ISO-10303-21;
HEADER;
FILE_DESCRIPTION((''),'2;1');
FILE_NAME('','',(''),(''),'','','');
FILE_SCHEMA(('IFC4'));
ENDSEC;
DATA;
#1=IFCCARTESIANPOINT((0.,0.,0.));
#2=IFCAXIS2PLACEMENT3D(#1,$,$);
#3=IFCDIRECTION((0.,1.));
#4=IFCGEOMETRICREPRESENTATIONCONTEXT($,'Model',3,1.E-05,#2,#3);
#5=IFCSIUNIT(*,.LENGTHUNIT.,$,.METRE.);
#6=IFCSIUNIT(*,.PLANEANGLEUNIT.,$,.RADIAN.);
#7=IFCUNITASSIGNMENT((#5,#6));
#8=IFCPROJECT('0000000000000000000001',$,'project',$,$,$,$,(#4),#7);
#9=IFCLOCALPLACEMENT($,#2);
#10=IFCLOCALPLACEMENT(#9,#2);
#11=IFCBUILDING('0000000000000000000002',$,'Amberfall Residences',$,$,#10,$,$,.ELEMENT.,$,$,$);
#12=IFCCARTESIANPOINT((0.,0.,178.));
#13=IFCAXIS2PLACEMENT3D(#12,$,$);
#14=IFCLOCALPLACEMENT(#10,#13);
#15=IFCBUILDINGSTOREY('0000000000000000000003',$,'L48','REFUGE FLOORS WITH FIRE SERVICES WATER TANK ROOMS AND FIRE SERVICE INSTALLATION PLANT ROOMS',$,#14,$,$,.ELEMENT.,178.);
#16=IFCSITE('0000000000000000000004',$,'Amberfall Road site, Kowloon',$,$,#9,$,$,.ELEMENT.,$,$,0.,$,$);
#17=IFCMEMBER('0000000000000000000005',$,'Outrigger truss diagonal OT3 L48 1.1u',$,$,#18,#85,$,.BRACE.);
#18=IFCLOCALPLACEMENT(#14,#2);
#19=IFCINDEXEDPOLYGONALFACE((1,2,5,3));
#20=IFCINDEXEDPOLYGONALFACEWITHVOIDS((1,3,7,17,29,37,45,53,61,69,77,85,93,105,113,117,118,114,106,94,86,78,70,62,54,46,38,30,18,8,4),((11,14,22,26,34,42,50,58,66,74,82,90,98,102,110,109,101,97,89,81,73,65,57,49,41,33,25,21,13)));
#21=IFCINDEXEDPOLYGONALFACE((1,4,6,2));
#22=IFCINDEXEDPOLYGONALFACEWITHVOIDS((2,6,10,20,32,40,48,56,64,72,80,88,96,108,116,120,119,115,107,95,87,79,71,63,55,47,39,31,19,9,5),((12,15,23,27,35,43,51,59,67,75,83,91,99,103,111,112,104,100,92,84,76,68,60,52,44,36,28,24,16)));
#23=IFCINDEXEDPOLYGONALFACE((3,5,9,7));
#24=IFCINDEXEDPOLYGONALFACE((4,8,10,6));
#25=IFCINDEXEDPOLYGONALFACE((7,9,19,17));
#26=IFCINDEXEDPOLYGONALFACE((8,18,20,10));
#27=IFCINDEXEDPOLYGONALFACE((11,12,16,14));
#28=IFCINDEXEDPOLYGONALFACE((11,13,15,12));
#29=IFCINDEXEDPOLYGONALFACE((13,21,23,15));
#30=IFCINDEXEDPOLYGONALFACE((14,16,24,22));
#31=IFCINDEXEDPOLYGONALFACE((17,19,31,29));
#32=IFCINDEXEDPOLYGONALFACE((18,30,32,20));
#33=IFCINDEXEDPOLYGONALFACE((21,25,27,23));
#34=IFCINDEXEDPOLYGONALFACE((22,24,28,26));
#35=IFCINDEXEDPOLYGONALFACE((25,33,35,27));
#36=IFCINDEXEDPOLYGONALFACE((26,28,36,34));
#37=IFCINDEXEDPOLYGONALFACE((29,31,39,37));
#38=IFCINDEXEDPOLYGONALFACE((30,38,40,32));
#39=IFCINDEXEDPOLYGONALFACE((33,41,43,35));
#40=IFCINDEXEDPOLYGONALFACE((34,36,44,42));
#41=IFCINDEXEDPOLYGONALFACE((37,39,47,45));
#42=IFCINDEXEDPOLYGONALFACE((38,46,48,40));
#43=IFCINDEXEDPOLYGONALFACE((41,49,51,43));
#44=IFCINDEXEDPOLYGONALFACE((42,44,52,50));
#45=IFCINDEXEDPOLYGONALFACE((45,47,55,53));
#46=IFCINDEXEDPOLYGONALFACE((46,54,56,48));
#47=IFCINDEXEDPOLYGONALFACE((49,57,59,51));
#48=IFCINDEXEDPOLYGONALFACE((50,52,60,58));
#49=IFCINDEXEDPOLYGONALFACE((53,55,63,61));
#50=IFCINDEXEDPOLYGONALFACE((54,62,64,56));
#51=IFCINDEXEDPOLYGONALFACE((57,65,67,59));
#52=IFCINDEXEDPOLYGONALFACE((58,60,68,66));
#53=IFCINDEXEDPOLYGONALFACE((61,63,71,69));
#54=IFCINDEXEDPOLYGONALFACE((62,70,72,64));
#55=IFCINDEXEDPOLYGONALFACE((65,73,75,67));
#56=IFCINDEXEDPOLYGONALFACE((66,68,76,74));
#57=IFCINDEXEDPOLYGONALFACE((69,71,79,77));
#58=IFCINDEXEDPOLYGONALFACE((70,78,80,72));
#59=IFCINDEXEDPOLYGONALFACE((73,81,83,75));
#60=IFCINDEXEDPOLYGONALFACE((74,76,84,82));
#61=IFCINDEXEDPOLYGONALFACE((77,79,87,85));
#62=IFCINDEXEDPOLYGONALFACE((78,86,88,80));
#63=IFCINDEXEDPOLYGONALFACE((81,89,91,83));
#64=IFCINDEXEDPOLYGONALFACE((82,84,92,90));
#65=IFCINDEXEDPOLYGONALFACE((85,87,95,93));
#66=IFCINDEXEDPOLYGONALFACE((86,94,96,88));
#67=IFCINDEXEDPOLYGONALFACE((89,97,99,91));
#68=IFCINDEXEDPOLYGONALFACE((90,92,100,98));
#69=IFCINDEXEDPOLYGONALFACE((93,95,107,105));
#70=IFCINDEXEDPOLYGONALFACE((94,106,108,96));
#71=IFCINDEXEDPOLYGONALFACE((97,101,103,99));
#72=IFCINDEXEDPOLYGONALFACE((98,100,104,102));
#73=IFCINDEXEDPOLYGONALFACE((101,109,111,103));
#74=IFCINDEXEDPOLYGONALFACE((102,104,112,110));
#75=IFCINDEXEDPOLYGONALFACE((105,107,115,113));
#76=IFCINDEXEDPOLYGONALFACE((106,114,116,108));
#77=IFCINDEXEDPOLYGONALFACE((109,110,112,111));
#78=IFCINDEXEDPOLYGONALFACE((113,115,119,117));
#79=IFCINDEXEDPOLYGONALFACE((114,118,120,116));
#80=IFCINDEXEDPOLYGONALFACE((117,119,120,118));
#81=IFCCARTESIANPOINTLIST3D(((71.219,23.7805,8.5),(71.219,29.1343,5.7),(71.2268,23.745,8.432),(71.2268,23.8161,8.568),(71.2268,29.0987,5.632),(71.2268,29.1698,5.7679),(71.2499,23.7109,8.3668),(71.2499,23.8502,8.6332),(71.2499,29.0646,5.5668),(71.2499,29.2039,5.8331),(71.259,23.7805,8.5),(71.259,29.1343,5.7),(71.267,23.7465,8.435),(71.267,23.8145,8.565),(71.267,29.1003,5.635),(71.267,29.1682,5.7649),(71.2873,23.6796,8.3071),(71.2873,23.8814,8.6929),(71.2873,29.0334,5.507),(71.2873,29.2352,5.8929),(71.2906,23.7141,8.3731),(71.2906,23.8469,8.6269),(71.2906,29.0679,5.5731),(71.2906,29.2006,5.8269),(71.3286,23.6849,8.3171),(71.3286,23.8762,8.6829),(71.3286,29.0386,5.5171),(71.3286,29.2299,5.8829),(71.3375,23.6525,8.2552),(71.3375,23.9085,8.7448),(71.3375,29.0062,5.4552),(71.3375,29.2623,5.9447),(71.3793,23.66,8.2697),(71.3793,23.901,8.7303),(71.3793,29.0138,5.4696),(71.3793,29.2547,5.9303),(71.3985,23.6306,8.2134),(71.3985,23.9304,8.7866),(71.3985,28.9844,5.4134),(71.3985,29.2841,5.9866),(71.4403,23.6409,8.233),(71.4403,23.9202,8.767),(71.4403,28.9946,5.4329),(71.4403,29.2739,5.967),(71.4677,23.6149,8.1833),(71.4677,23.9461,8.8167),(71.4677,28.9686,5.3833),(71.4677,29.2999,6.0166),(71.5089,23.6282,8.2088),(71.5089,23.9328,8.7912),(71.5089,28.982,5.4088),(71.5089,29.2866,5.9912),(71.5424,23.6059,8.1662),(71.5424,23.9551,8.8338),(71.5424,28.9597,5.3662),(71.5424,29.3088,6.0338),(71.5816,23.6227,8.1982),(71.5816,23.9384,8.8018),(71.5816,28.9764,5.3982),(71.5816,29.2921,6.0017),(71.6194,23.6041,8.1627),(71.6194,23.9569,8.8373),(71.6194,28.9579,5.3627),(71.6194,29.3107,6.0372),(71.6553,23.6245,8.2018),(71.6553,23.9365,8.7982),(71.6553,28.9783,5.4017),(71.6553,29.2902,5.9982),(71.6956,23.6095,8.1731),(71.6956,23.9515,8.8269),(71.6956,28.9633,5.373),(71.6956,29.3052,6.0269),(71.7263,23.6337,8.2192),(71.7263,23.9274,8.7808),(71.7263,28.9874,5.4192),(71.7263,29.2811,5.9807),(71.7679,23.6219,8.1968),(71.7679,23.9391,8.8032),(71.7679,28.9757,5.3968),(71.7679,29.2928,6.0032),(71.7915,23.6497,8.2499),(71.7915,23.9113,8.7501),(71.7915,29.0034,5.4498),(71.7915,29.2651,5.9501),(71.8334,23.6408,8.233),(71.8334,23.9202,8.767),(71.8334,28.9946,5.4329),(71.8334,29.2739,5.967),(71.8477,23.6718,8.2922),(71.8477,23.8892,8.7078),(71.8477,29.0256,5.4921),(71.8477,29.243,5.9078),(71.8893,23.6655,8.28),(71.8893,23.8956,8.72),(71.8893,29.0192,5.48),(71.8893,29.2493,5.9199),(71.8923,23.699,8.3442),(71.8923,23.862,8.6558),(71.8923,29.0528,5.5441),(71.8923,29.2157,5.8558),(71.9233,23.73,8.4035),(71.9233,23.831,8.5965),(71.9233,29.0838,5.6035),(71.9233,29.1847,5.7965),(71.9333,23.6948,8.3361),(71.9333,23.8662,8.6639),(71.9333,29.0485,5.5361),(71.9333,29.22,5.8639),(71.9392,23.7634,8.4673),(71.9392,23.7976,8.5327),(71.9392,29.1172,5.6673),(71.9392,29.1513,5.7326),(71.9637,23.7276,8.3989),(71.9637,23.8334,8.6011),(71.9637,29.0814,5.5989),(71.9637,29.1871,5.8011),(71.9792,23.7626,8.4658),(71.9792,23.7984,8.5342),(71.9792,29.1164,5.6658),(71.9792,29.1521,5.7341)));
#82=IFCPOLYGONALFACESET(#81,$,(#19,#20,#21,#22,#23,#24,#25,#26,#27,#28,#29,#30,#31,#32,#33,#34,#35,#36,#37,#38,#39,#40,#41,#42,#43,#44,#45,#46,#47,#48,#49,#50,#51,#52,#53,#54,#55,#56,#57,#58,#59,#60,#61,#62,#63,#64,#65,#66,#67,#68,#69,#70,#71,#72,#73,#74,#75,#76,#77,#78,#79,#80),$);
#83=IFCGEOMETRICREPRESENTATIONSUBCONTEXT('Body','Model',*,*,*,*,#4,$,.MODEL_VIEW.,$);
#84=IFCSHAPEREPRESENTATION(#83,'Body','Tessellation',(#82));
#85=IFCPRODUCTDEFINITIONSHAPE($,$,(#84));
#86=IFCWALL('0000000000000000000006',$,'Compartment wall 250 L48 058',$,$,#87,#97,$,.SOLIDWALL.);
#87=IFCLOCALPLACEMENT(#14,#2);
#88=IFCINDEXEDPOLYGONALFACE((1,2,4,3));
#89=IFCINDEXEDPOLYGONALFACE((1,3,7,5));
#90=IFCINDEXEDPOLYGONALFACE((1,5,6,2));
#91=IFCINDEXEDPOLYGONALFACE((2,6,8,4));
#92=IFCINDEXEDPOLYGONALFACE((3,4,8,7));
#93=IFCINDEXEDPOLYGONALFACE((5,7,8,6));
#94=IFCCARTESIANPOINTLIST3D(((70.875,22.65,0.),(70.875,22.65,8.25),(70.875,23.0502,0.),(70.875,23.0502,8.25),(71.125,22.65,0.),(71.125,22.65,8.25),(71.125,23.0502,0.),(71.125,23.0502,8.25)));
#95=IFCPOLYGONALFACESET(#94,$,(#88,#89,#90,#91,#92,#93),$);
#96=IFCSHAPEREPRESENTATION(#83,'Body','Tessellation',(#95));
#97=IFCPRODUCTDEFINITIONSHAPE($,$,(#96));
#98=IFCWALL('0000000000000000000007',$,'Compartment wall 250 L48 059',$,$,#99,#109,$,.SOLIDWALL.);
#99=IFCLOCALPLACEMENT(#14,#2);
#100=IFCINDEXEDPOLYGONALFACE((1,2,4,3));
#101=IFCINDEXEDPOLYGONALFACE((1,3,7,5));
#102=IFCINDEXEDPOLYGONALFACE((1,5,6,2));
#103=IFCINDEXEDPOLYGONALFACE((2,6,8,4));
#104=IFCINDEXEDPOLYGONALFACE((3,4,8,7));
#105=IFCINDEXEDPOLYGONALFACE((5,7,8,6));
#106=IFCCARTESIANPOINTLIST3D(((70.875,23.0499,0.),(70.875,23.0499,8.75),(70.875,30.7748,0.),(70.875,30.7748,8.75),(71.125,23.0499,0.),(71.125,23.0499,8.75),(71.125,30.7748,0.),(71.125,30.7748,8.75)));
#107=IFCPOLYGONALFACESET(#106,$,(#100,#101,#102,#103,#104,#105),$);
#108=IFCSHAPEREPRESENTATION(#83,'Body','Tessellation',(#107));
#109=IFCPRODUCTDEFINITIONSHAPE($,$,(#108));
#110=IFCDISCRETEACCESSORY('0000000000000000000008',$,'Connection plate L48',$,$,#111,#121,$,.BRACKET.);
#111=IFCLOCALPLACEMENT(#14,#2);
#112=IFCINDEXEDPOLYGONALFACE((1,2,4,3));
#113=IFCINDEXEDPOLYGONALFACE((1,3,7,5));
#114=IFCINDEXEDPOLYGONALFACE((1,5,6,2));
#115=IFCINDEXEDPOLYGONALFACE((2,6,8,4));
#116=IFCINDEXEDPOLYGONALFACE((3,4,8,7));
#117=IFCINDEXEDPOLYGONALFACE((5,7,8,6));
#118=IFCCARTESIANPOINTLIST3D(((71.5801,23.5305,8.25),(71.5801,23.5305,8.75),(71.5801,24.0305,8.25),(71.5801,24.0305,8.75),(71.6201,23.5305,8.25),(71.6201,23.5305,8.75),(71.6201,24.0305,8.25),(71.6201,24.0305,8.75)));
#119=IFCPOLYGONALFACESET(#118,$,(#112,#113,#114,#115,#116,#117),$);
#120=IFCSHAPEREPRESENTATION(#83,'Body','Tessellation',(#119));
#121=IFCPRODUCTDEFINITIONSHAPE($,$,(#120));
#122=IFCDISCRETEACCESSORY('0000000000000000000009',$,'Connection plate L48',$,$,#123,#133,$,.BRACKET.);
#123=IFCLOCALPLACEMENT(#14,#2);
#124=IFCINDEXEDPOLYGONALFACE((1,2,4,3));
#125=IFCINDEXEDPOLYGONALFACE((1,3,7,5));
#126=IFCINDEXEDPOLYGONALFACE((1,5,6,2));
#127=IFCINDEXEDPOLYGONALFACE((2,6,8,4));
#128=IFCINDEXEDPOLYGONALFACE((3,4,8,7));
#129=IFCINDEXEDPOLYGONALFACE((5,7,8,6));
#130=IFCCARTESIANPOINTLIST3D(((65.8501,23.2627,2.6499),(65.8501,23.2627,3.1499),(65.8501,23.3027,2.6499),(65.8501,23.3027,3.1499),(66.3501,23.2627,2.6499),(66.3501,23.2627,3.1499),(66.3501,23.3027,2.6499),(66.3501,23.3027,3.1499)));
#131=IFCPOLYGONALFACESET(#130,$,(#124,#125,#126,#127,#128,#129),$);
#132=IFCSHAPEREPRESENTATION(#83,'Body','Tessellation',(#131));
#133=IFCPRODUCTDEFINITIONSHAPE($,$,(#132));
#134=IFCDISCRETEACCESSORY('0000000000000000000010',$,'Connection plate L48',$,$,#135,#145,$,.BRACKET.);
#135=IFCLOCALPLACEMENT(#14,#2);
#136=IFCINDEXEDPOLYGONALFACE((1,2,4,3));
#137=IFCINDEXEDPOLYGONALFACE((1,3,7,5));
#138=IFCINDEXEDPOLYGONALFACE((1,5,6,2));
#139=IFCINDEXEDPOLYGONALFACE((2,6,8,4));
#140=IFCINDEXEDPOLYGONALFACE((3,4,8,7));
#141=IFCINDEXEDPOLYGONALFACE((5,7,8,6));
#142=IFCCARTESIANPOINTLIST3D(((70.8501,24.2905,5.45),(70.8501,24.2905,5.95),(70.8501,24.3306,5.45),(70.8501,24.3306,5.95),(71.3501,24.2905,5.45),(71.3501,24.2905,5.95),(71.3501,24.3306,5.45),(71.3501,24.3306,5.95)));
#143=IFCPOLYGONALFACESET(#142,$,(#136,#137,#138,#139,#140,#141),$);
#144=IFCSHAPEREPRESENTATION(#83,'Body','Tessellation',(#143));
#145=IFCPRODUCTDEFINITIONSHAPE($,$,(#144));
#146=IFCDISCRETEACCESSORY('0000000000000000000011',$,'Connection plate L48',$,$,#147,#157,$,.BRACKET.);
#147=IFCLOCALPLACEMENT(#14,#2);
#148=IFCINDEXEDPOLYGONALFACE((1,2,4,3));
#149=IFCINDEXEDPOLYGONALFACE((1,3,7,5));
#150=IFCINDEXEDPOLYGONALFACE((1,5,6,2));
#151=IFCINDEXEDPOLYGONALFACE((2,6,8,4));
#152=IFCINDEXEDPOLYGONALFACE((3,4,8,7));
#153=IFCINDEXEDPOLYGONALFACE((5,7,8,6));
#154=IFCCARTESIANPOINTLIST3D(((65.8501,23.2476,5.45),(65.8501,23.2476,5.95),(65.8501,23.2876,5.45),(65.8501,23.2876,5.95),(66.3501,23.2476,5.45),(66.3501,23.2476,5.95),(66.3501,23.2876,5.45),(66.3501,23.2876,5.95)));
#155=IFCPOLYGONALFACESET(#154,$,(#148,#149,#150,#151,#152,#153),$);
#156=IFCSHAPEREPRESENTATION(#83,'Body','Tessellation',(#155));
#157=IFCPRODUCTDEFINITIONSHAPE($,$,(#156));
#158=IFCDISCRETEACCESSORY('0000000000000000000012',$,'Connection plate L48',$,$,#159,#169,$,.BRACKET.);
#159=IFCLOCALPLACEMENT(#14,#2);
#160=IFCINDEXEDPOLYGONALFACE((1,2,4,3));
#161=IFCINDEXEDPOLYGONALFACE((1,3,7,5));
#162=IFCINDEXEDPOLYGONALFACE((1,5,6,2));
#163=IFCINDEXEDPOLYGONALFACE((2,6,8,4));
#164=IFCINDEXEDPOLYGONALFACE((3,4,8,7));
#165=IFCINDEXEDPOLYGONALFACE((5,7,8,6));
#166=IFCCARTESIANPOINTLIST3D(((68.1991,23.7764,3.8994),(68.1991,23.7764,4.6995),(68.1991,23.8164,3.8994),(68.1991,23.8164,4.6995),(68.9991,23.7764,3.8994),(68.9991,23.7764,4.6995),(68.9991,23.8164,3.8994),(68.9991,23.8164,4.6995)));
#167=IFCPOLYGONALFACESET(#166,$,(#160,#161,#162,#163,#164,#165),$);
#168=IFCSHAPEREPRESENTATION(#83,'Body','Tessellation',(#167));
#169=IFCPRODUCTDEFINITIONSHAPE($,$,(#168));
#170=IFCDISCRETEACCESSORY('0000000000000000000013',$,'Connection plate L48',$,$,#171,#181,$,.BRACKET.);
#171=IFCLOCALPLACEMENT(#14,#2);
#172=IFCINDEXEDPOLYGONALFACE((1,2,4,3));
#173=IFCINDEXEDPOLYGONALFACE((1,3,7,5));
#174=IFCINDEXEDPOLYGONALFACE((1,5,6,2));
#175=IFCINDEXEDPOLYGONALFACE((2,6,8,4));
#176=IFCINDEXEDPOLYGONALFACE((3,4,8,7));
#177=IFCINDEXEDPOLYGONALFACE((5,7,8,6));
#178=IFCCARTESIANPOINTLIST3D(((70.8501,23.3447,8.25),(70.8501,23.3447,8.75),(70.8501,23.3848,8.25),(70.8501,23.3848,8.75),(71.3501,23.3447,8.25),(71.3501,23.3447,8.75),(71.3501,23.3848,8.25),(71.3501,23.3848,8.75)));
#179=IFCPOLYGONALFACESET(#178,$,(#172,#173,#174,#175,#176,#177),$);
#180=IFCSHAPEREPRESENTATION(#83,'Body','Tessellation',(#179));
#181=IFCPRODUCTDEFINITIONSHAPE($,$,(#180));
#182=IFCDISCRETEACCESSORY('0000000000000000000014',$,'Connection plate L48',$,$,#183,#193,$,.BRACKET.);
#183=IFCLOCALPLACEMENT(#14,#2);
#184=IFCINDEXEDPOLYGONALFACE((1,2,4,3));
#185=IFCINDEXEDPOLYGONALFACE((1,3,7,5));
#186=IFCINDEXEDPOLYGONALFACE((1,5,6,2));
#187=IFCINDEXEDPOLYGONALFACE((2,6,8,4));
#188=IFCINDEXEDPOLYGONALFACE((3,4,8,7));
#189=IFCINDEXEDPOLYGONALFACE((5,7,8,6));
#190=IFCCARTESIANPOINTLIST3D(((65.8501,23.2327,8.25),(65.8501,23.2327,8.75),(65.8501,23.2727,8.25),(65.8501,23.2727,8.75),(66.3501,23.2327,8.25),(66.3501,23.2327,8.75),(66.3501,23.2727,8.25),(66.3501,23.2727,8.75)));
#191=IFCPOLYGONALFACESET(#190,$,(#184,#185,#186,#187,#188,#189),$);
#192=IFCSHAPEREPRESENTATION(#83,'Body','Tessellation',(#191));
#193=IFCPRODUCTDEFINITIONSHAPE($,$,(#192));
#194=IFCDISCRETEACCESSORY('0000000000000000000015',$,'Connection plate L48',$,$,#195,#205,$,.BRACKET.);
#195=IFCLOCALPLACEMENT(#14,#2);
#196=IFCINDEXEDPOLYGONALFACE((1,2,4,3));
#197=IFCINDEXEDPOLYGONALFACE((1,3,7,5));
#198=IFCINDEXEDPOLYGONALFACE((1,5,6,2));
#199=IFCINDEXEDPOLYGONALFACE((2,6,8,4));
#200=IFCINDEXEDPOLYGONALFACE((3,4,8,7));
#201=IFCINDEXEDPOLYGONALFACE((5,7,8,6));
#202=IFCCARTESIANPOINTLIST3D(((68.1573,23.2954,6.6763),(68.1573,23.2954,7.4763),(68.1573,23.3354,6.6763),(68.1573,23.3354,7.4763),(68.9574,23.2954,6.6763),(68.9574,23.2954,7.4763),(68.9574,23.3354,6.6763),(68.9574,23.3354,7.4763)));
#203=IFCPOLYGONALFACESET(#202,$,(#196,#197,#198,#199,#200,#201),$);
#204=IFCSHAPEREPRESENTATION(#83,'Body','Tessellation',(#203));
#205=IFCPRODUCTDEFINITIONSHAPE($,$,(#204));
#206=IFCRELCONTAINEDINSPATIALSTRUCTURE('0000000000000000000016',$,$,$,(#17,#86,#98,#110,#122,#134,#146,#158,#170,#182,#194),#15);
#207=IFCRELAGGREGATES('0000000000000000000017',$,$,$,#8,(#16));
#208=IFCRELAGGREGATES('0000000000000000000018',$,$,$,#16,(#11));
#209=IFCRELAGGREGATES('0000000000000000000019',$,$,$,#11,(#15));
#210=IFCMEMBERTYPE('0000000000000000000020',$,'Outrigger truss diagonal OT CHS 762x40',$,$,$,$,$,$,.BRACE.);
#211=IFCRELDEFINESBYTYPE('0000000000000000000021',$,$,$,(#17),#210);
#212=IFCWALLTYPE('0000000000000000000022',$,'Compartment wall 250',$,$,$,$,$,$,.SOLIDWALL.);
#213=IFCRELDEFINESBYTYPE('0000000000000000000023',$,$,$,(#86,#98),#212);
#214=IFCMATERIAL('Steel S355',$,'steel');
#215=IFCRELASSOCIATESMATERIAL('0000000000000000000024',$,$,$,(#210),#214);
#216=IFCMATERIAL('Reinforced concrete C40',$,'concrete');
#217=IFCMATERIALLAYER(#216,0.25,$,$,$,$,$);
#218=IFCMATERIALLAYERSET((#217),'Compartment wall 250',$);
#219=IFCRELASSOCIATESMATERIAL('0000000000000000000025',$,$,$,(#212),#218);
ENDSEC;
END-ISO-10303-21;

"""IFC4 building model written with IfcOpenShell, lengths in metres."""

from ifc_helpers import new_model, si_unit, direction, frame, frame_2d, origin, origin_2d, place, context, subcontext, project, spatial, rectangle, hollow_circle, extrude, material, layer, layer_set, material_profile, profile_set, type_object, element, save


model = new_model("IFC4")

# Units and contexts
model_context = context("Model", 3, precision=1e-05, world=origin(), true_north=direction((0.0, 1.0)))
body_context = subcontext(model_context, "Body", "Model", "MODEL_VIEW")
ifc_project = project(units=[si_unit("LENGTHUNIT", "METRE"), si_unit("PLANEANGLEUNIT", "RADIAN")], contexts=[model_context])

# Site, building, storey
site_placement = place(None, origin())
site = spatial("IfcSite", under=ifc_project, at=site_placement, Name="Amberfall Road site, Kowloon", CompositionType="ELEMENT", RefElevation=0.0)
building_placement = place(site_placement, origin())
building = spatial("IfcBuilding", under=site, at=building_placement, Name="Amberfall Residences", CompositionType="ELEMENT")
storey_placement = place(building_placement, frame((0.0, 0.0, 178.0)))
storey = spatial("IfcBuildingStorey", under=building, at=storey_placement, Name="L48", Description="REFUGE FLOORS WITH FIRE SERVICES WATER TANK ROOMS AND FIRE SERVICE INSTALLATION PLANT ROOMS", CompositionType="ELEMENT", Elevation=178.0)

# Shared definitions
ifc_material_1 = material(Name="Steel S355", Category="steel")

# Member
ifc_material_profile_1 = material_profile(ifc_material_1, hollow_circle(Radius=0.3811, WallThickness=0.04, at=origin_2d()), Name="CHS 762x40")
ifc_profile_set_1 = profile_set([ifc_material_profile_1], Name="Steel S355")
member_type_1 = type_object("IfcMemberType", Name="Outrigger truss diagonal OT CHS 762x40", PredefinedType="BRACE", material=ifc_profile_set_1)
member_1_placement = place(storey_placement, frame((71.6001, 23.7805, 8.5), z_axis=(0.0, 0.886124, -0.463448), x_axis=(-1.0, 0.0, 0.0)))
element("IfcMember", 1, at=member_1_placement, inside=storey, type_object=member_type_1, Name="Outrigger truss diagonal OT3 L48 1.1u", PredefinedType="BRACE", context=body_context, shape_type="SweptSolid", body=[
    extrude(hollow_circle(Radius=0.3811, WallThickness=0.04, at=origin_2d()), origin(), (0.0, 0.0, 1.0), 6.0417),
])

# Walls
ifc_material_2 = material(Name="Reinforced concrete C40", Category="concrete")
ifc_layer = layer(ifc_material_2, 0.25)
ifc_layer_set = layer_set([ifc_layer], Name="Compartment wall 250")
wall_type = type_object("IfcWallType", Name="Compartment wall 250", PredefinedType="SOLIDWALL", material=ifc_layer_set)
wall_1_placement = place(storey_placement, frame((71.0, 22.6499, 0.0), z_axis=(0.0, 0.0, 1.0), x_axis=(0.0, 1.0, 0.0)))
element("IfcWall", 2, at=wall_1_placement, inside=storey, type_object=wall_type, Name="Compartment wall 250 L48 058", PredefinedType="SOLIDWALL", context=body_context, shape_type="SweptSolid", body=[
    extrude(rectangle(XDim=0.4001, YDim=0.25, at=frame_2d((0.2002, 0.0))), origin(), (0.0, 0.0, 1.0), 8.25),
])
wall_2_placement = place(storey_placement, frame((71.0, 23.05, 0.0), z_axis=(0.0, 0.0, 1.0), x_axis=(0.0, 1.0, 0.0)))
element("IfcWall", 3, at=wall_2_placement, inside=storey, type_object=wall_type, Name="Compartment wall 250 L48 059", PredefinedType="SOLIDWALL", context=body_context, shape_type="SweptSolid", body=[
    extrude(rectangle(XDim=7.7249, YDim=0.25, at=frame_2d((3.8623, 0.0))), origin(), (0.0, 0.0, 1.0), 8.75),
])

# Discrete accessories
for number, where, z_axis, x_axis, name in (
    (4, (71.6001, 23.7805, 8.25), (0.0, 0.0, 1.0), (0.0, 1.0, 0.0), "Connection plate L48"),
    (5, (66.1001, 23.2827, 2.6499), (0.0, 0.0, 1.0), (1.0, 0.0, 0.0), "Connection plate L48"),
    (6, (71.1001, 24.3105, 5.45), (0.0, 0.0, 1.0), (1.0, 0.0, 0.0), "Connection plate L48"),
    (7, (66.1001, 23.2676, 5.45), (0.0, 0.0, 1.0), (1.0, 0.0, 0.0), "Connection plate L48"),
):
    element("IfcDiscreteAccessory", number, at=place(storey_placement, frame(where, z_axis=z_axis, x_axis=x_axis)), inside=storey, Name=name, PredefinedType="BRACKET", context=body_context, shape_type="SweptSolid", body=[
        extrude(rectangle(XDim=0.5, YDim=0.04, at=origin_2d()), origin(), (0.0, 0.0, 1.0), 0.5),
    ])
discrete_accessory_1_placement = place(storey_placement, frame((68.5991, 23.7964, 3.8994), z_axis=(0.0, 0.0, 1.0), x_axis=(1.0, 0.0, 0.0)))
element("IfcDiscreteAccessory", 8, at=discrete_accessory_1_placement, inside=storey, Name="Connection plate L48", PredefinedType="BRACKET", context=body_context, shape_type="SweptSolid", body=[
    extrude(rectangle(XDim=0.8, YDim=0.04, at=origin_2d()), origin(), (0.0, 0.0, 1.0), 0.8),
])
for number, where, z_axis, x_axis, name in (
    (9, (71.1001, 23.3647, 8.25), (0.0, 0.0, 1.0), (1.0, 0.0, 0.0), "Connection plate L48"),
    (10, (66.1001, 23.2527, 8.25), (0.0, 0.0, 1.0), (1.0, 0.0, 0.0), "Connection plate L48"),
):
    element("IfcDiscreteAccessory", number, at=place(storey_placement, frame(where, z_axis=z_axis, x_axis=x_axis)), inside=storey, Name=name, PredefinedType="BRACKET", context=body_context, shape_type="SweptSolid", body=[
        extrude(rectangle(XDim=0.5, YDim=0.04, at=origin_2d()), origin(), (0.0, 0.0, 1.0), 0.5),
    ])
discrete_accessory_2_placement = place(storey_placement, frame((68.5574, 23.3154, 6.6763), z_axis=(0.0, 0.0, 1.0), x_axis=(1.0, 0.0, 0.0)))
element("IfcDiscreteAccessory", 11, at=discrete_accessory_2_placement, inside=storey, Name="Connection plate L48", PredefinedType="BRACKET", context=body_context, shape_type="SweptSolid", body=[
    extrude(rectangle(XDim=0.8, YDim=0.04, at=origin_2d()), origin(), (0.0, 0.0, 1.0), 0.8),
])

save(model, "model.ifc")
